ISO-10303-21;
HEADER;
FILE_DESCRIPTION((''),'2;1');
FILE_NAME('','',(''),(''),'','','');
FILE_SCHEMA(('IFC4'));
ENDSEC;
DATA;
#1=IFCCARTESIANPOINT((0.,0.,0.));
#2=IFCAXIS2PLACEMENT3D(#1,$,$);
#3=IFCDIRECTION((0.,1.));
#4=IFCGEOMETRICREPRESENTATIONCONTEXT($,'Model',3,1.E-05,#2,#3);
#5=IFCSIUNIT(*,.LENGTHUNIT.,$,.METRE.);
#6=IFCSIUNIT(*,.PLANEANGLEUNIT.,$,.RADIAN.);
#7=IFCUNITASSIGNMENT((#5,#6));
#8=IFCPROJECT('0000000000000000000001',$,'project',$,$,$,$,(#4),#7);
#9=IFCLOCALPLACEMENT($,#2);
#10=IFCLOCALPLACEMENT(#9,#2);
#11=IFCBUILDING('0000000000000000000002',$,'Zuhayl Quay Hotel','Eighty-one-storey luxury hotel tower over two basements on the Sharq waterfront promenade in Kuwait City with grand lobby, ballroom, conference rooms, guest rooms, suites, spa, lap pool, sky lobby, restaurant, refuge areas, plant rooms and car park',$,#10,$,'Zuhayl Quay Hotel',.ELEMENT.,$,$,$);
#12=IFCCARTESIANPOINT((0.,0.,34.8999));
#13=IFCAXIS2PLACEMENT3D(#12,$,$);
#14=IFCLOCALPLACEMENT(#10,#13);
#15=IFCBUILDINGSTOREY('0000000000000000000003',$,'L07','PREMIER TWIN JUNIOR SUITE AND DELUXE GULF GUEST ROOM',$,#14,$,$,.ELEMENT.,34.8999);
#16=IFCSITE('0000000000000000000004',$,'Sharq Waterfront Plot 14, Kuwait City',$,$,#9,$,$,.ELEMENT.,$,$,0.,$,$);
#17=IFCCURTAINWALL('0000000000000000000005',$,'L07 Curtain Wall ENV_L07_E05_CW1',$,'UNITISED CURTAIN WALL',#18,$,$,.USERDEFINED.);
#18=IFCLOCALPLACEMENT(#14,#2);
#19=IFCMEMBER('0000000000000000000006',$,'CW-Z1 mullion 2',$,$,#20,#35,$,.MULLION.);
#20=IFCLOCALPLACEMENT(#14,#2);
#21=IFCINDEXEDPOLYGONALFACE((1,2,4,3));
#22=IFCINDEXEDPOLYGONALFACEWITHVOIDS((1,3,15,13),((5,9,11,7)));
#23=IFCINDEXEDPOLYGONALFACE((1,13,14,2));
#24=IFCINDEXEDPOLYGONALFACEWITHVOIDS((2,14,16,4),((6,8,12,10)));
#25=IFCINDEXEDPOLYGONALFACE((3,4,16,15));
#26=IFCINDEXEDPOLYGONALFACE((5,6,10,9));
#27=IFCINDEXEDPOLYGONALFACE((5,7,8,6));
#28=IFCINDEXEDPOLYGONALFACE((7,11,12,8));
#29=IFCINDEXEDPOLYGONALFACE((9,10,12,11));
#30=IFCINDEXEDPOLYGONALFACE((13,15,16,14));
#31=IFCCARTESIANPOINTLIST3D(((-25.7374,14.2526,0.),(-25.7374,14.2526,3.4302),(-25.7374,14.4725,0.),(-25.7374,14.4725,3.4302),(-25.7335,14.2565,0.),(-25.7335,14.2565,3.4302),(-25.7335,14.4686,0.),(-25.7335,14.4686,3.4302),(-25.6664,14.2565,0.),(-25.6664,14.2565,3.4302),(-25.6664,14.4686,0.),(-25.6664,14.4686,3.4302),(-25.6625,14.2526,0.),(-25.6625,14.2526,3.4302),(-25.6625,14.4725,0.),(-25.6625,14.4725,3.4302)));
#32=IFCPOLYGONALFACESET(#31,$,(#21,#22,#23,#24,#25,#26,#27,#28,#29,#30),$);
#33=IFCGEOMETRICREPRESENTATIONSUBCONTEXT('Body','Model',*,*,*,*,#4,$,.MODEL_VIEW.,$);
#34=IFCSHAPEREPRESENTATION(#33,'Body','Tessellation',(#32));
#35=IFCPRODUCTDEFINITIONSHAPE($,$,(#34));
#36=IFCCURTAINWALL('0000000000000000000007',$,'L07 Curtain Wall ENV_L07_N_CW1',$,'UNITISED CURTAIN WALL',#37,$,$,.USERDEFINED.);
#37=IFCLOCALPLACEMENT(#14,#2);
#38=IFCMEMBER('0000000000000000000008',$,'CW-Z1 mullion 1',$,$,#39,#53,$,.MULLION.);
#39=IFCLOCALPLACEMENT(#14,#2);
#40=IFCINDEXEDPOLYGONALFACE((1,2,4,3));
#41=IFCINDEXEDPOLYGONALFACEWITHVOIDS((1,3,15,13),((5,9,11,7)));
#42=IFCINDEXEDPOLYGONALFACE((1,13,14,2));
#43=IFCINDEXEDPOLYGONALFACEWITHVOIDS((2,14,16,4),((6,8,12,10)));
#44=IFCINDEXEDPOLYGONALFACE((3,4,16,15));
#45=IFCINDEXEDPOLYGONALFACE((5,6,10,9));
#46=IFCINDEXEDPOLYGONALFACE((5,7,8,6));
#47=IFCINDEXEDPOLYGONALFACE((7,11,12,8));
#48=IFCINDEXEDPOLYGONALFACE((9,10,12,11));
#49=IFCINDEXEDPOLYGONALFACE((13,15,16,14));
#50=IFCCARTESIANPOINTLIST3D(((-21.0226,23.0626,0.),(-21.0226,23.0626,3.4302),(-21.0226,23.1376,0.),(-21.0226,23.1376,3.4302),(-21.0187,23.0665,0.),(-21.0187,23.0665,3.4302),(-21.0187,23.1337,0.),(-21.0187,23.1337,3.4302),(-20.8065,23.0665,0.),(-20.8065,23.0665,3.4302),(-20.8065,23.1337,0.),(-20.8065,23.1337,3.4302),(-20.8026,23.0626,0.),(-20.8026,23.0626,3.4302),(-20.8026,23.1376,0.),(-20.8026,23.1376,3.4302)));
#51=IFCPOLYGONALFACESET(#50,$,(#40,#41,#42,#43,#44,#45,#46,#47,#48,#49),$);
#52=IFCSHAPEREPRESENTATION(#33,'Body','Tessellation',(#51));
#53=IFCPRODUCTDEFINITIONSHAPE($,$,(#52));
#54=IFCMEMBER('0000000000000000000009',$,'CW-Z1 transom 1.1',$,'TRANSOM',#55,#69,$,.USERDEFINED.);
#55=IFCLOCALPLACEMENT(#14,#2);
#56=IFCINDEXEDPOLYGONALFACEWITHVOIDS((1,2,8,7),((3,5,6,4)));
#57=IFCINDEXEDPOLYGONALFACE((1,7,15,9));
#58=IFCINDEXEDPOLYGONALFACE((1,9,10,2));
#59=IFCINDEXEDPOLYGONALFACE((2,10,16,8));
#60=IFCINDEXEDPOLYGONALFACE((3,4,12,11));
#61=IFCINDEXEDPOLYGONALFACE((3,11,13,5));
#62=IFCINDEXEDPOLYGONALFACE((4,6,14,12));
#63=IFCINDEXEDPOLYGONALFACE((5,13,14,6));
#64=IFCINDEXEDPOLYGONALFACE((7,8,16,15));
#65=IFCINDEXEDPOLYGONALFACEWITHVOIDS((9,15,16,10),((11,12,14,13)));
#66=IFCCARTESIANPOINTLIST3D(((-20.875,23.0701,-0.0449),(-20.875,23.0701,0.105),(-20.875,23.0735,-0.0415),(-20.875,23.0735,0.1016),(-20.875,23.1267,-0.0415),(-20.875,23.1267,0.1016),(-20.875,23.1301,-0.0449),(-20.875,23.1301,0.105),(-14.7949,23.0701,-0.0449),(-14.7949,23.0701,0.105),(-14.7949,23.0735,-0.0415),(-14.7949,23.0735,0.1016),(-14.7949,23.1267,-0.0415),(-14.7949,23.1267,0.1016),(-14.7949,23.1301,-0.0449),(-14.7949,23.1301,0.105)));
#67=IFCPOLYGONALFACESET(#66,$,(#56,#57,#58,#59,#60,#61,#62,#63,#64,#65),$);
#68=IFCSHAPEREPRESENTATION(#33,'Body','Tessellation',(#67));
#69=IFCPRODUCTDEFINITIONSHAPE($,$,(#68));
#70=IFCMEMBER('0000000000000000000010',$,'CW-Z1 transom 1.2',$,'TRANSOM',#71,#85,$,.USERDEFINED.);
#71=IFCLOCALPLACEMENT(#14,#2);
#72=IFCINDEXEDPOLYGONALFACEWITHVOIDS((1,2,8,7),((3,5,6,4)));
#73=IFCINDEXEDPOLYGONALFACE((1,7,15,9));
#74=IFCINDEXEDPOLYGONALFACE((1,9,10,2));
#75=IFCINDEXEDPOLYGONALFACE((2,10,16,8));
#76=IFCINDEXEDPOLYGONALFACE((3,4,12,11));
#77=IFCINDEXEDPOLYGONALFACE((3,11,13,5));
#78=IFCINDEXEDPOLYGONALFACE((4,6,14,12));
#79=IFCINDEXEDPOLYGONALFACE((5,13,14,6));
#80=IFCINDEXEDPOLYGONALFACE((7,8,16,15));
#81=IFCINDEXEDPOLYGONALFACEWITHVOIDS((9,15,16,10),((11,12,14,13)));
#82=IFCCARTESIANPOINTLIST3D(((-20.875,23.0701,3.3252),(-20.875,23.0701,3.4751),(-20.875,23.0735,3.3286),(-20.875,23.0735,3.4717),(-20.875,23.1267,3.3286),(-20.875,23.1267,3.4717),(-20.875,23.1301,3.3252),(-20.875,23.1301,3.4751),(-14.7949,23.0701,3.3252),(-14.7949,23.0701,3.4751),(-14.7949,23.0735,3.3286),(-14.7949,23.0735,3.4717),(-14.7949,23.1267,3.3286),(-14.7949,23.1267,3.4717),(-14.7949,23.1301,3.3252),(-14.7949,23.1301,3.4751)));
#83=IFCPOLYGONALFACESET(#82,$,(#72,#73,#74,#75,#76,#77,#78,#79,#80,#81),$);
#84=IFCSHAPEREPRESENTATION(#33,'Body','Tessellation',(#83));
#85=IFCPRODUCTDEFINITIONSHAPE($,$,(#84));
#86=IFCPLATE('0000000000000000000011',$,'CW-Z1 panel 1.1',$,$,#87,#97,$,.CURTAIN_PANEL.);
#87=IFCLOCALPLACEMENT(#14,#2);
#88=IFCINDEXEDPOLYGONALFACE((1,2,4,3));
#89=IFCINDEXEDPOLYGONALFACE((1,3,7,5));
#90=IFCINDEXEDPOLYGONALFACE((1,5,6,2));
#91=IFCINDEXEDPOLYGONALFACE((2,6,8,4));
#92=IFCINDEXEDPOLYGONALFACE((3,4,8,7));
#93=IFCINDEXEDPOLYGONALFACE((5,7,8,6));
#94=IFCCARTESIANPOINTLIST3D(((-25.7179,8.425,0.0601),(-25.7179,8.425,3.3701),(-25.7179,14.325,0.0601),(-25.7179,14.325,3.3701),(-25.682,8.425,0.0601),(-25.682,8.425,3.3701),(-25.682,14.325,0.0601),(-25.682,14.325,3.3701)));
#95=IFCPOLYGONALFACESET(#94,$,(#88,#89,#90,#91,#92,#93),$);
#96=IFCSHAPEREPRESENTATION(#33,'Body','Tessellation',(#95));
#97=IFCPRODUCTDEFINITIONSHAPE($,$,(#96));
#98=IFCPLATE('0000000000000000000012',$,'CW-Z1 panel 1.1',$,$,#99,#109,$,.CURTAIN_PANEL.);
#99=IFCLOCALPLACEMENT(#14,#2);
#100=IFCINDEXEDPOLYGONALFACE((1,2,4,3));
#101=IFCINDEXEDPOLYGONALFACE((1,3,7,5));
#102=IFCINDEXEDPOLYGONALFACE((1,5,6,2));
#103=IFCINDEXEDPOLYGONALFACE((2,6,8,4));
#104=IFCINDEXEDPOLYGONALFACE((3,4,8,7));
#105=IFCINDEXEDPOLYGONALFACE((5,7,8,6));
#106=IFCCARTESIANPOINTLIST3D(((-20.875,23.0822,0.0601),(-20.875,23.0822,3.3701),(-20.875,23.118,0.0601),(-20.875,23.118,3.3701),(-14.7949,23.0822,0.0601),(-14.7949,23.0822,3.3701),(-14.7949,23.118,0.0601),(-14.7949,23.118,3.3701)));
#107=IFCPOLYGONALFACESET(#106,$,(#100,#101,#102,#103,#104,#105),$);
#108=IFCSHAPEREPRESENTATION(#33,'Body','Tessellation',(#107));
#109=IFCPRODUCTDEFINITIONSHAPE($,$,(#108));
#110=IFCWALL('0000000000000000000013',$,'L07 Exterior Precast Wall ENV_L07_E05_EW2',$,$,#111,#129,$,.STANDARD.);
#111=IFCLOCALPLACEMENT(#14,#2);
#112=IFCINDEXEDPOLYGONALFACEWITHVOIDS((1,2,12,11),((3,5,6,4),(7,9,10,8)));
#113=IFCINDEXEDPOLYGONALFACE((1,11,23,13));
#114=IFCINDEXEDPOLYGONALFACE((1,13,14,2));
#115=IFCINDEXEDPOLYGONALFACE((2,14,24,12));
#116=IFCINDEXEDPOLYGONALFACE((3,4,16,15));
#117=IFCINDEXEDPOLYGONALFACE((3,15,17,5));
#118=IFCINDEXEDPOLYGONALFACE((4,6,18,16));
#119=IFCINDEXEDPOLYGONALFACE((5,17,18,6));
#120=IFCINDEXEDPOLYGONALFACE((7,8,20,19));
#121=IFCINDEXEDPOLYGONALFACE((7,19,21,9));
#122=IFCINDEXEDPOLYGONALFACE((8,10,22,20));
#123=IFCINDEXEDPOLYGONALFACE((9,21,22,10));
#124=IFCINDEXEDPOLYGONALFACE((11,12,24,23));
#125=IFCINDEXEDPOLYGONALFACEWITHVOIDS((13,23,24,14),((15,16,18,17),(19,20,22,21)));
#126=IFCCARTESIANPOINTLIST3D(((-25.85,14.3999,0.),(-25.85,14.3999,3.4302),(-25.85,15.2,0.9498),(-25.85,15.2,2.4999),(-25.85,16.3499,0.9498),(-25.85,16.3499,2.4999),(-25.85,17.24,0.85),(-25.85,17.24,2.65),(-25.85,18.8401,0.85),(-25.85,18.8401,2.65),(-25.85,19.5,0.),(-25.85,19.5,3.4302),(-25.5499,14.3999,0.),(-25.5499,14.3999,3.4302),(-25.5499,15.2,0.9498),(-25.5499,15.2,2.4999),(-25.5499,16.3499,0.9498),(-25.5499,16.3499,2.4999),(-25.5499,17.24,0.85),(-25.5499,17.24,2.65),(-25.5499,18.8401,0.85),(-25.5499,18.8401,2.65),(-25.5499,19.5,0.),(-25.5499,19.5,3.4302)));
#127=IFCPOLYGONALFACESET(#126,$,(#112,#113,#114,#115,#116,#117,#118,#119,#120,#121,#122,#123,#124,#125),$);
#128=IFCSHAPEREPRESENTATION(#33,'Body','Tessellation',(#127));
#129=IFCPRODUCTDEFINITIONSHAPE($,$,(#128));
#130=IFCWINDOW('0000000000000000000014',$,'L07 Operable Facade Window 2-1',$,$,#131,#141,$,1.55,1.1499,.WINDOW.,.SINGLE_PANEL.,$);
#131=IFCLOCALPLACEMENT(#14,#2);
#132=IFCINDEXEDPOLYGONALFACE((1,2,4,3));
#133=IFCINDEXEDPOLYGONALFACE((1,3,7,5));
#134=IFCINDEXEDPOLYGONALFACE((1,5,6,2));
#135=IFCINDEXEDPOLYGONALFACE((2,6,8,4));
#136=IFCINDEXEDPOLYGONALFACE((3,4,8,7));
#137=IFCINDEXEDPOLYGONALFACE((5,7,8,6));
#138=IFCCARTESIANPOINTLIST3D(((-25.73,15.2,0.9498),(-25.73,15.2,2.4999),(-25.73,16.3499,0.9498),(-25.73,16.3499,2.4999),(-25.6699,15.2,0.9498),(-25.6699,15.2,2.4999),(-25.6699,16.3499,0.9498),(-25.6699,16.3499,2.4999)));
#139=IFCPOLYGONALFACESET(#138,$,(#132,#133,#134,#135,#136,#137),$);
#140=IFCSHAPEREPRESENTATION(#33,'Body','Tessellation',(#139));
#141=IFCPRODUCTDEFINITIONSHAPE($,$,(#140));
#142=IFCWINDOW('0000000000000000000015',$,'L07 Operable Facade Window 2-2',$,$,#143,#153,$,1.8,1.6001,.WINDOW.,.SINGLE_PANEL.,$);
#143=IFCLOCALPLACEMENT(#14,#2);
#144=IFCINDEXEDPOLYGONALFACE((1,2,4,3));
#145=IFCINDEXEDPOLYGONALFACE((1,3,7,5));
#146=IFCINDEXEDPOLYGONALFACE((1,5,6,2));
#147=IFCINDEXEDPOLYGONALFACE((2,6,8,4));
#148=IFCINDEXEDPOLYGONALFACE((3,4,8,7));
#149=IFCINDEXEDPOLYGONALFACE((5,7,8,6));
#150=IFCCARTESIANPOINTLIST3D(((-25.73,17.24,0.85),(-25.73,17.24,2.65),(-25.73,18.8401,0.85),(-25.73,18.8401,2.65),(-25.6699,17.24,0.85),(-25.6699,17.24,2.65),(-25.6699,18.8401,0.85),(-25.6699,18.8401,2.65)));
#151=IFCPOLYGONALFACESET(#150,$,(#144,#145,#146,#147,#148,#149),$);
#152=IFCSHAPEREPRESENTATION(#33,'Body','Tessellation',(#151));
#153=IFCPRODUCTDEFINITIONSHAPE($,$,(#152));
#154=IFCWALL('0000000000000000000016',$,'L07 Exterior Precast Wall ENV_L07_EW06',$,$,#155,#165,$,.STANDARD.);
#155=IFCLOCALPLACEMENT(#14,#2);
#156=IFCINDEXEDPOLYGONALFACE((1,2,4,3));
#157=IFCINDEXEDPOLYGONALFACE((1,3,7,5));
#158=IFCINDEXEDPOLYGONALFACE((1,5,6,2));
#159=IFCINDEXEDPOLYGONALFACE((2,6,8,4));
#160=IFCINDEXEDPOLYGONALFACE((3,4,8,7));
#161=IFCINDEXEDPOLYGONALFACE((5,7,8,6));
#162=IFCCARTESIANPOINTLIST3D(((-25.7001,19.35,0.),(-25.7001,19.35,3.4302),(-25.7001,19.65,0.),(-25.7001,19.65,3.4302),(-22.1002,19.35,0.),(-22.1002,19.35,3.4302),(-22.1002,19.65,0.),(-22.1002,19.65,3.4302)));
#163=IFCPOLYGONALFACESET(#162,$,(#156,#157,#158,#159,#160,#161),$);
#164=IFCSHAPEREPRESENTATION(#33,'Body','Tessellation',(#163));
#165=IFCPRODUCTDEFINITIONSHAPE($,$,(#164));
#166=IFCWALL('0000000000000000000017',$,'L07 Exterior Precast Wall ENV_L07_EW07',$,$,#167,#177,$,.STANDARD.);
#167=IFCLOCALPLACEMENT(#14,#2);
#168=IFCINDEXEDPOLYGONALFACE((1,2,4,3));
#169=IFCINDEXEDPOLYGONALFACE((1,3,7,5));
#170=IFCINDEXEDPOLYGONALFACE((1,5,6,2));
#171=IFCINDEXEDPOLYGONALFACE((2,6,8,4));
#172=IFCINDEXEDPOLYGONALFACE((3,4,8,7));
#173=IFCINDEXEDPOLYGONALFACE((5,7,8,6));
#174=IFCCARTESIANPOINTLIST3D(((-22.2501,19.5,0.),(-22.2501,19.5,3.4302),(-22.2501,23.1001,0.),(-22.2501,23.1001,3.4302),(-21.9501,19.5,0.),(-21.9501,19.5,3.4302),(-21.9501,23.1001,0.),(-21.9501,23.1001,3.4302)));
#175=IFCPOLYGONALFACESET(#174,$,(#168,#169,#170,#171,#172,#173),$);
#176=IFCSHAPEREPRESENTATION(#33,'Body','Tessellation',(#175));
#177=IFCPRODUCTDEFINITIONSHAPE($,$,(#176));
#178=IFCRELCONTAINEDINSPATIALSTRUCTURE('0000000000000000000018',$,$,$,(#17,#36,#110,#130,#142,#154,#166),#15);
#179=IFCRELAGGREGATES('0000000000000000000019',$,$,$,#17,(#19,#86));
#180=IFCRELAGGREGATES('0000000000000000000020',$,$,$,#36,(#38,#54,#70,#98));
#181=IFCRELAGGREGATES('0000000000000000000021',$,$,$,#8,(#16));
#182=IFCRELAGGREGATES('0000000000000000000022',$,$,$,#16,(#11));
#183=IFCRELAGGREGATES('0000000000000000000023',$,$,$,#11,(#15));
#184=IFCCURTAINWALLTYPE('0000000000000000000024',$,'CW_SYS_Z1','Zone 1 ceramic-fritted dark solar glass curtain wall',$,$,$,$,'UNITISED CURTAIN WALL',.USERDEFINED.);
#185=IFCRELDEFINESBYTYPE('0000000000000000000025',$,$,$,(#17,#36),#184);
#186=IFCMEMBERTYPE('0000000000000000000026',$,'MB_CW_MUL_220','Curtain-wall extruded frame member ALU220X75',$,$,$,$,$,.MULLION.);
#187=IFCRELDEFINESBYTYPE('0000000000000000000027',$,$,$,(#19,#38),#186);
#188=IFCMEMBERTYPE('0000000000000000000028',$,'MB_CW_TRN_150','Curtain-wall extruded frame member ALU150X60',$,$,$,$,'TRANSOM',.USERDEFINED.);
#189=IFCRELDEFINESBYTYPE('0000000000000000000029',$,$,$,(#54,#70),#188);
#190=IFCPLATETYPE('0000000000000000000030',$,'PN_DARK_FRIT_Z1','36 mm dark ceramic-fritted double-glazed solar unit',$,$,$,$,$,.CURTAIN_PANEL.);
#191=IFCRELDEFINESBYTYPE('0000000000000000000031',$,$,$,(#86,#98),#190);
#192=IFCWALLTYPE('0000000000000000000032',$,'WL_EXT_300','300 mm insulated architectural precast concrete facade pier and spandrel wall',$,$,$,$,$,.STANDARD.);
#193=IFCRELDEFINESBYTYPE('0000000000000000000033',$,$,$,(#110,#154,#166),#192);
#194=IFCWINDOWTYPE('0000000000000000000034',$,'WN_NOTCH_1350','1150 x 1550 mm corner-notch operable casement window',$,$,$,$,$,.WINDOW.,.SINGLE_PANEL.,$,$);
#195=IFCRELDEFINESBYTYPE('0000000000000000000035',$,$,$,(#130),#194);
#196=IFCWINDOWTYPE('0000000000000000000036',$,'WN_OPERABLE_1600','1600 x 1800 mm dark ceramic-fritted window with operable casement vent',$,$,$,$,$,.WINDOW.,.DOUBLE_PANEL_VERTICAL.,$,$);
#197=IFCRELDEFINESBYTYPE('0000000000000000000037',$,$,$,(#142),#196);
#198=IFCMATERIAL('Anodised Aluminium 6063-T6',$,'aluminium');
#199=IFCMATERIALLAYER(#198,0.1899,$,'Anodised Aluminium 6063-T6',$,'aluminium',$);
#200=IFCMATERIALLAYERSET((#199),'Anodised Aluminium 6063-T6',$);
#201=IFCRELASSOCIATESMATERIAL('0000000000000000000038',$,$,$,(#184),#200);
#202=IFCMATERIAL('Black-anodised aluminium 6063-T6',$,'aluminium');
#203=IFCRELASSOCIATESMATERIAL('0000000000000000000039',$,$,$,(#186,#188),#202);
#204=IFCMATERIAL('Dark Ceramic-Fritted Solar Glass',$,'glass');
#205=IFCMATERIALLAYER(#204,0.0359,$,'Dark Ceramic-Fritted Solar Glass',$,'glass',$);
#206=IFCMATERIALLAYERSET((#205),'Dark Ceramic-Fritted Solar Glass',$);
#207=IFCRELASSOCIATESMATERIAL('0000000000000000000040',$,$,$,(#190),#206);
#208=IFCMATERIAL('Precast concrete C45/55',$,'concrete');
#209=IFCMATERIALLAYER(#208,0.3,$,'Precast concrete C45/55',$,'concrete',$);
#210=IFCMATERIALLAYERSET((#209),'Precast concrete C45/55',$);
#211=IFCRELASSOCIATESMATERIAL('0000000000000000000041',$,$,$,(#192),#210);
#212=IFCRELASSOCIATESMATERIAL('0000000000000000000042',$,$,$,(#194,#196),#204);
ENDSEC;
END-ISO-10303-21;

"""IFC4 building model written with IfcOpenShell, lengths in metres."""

from ifc_helpers import new_model, si_unit, direction, frame, frame_2d, origin, origin_2d, place, context, subcontext, project, spatial, rectangle, hollow_rectangle, extrude, material, layer, layer_set, material_profile, profile_set, type_object, element, fill, aggregate, save


model = new_model("IFC4")

# Units and contexts
model_context = context("Model", 3, precision=1e-05, world=origin(), true_north=direction((0.0, 1.0)))
body_context = subcontext(model_context, "Body", "Model", "MODEL_VIEW")
ifc_project = project(units=[si_unit("LENGTHUNIT", "METRE"), si_unit("PLANEANGLEUNIT", "RADIAN")], contexts=[model_context])

# Site, building, storey
site_placement = place(None, origin())
site = spatial("IfcSite", under=ifc_project, at=site_placement, Name="Sharq Waterfront Plot 14, Kuwait City", CompositionType="ELEMENT", RefElevation=0.0)
building_placement = place(site_placement, origin())
building = spatial("IfcBuilding", under=site, at=building_placement, Name="Zuhayl Quay Hotel", Description="Eighty-one-storey luxury hotel tower over two basements on the Sharq waterfront promenade in Kuwait City with grand lobby, ballroom, conference rooms, guest rooms, suites, spa, lap pool, sky lobby, restaurant, refuge areas, plant rooms and car park", LongName="Zuhayl Quay Hotel", CompositionType="ELEMENT")
storey_placement = place(building_placement, frame((0.0, 0.0, 34.8999)))
storey = spatial("IfcBuildingStorey", under=building, at=storey_placement, Name="L07", Description="PREMIER TWIN JUNIOR SUITE AND DELUXE GULF GUEST ROOM", CompositionType="ELEMENT", Elevation=34.8999)

# Curtain wall, member
ifc_material_1 = material(Name="Anodised Aluminium 6063-T6", Category="aluminium")
ifc_layer_1 = layer(ifc_material_1, 0.1899, Name="Anodised Aluminium 6063-T6", Category="aluminium")
ifc_layer_set_1 = layer_set([ifc_layer_1], Name="Anodised Aluminium 6063-T6")
curtain_wall_type = type_object("IfcCurtainWallType", Name="CW_SYS_Z1", Description="Zone 1 ceramic-fritted dark solar glass curtain wall", ElementType="UNITISED CURTAIN WALL", PredefinedType="USERDEFINED", material=ifc_layer_set_1)
curtain_wall_1_placement = place(storey_placement, origin())
curtain_wall_1 = element("IfcCurtainWall", 1, at=curtain_wall_1_placement, inside=storey, type_object=curtain_wall_type, Name="L07 Curtain Wall ENV_L07_E05_CW1", ObjectType="UNITISED CURTAIN WALL", PredefinedType="USERDEFINED")
ifc_material_2 = material(Name="Black-anodised aluminium 6063-T6", Category="aluminium")
ifc_material_profile_1 = material_profile(ifc_material_2, hollow_rectangle(XDim=0.075, YDim=0.22, WallThickness=0.0039, at=origin_2d()), Name="ALU220X75")
ifc_profile_set_1 = profile_set([ifc_material_profile_1], Name="Black-anodised aluminium 6063-T6")
member_type_1 = type_object("IfcMemberType", Name="MB_CW_MUL_220", Description="Curtain-wall extruded frame member ALU220X75", PredefinedType="MULLION", material=ifc_profile_set_1)
member_1_placement = place(storey_placement, frame((-25.7, 14.3625, 0.0), z_axis=(0.0, 0.0, 1.0), x_axis=(-1.0, 0.0, 0.0)))
member_1 = element("IfcMember", 2, at=member_1_placement, type_object=member_type_1, Name="CW-Z1 mullion 2", PredefinedType="MULLION", context=body_context, shape_type="SweptSolid", body=[
    extrude(hollow_rectangle(XDim=0.075, YDim=0.22, WallThickness=0.0039, at=origin_2d()), origin(), (0.0, 0.0, 1.0), 3.4302),
])

# Curtain wall, members
curtain_wall_2_placement = place(storey_placement, origin())
curtain_wall_2 = element("IfcCurtainWall", 3, at=curtain_wall_2_placement, inside=storey, type_object=curtain_wall_type, Name="L07 Curtain Wall ENV_L07_N_CW1", ObjectType="UNITISED CURTAIN WALL", PredefinedType="USERDEFINED")
member_2_placement = place(storey_placement, frame((-20.9126, 23.1001, 0.0), z_axis=(0.0, 0.0, 1.0), x_axis=(0.0, 1.0, 0.0)))
member_2 = element("IfcMember", 4, at=member_2_placement, type_object=member_type_1, Name="CW-Z1 mullion 1", PredefinedType="MULLION", context=body_context, shape_type="SweptSolid", body=[
    extrude(hollow_rectangle(XDim=0.075, YDim=0.22, WallThickness=0.0039, at=origin_2d()), origin(), (0.0, 0.0, 1.0), 3.4302),
])
ifc_material_profile_2 = material_profile(ifc_material_2, hollow_rectangle(XDim=0.0601, YDim=0.1499, WallThickness=0.0034, at=origin_2d()), Name="ALU150X60")
ifc_profile_set_2 = profile_set([ifc_material_profile_2], Name="Black-anodised aluminium 6063-T6")
member_type_2 = type_object("IfcMemberType", Name="MB_CW_TRN_150", Description="Curtain-wall extruded frame member ALU150X60", ElementType="TRANSOM", PredefinedType="USERDEFINED", material=ifc_profile_set_2)
member_3_placement = place(storey_placement, frame((-20.875, 23.1001, 0.03), z_axis=(1.0, 0.0, 0.0), x_axis=(0.0, 1.0, 0.0)))
member_3 = element("IfcMember", 5, at=member_3_placement, type_object=member_type_2, Name="CW-Z1 transom 1.1", ObjectType="TRANSOM", PredefinedType="USERDEFINED", context=body_context, shape_type="SweptSolid", body=[
    extrude(hollow_rectangle(XDim=0.0601, YDim=0.1499, WallThickness=0.0034, at=origin_2d()), origin(), (0.0, 0.0, 1.0), 6.0801),
])
member_4_placement = place(storey_placement, frame((-20.875, 23.1001, 3.4001), z_axis=(1.0, 0.0, 0.0), x_axis=(0.0, 1.0, 0.0)))
member_4 = element("IfcMember", 6, at=member_4_placement, type_object=member_type_2, Name="CW-Z1 transom 1.2", ObjectType="TRANSOM", PredefinedType="USERDEFINED", context=body_context, shape_type="SweptSolid", body=[
    extrude(hollow_rectangle(XDim=0.0601, YDim=0.1499, WallThickness=0.0034, at=origin_2d()), origin(), (0.0, 0.0, 1.0), 6.0801),
])

# Plates
ifc_material_3 = material(Name="Dark Ceramic-Fritted Solar Glass", Category="glass")
ifc_layer_2 = layer(ifc_material_3, 0.0359, Name="Dark Ceramic-Fritted Solar Glass", Category="glass")
ifc_layer_set_2 = layer_set([ifc_layer_2], Name="Dark Ceramic-Fritted Solar Glass")
plate_type = type_object("IfcPlateType", Name="PN_DARK_FRIT_Z1", Description="36 mm dark ceramic-fritted double-glazed solar unit", PredefinedType="CURTAIN_PANEL", material=ifc_layer_set_2)
plate_1_placement = place(storey_placement, frame((-25.7, 11.375, 0.0601), z_axis=(0.0, 0.0, 1.0), x_axis=(0.0, 1.0, 0.0)))
plate_1 = element("IfcPlate", 7, at=plate_1_placement, type_object=plate_type, Name="CW-Z1 panel 1.1", PredefinedType="CURTAIN_PANEL", context=body_context, shape_type="SweptSolid", body=[
    extrude(rectangle(XDim=5.8999, YDim=0.0359, at=origin_2d()), origin(), (0.0, 0.0, 1.0), 3.3101),
])
aggregate(curtain_wall_1, [member_1, plate_1])
plate_2_placement = place(storey_placement, frame((-17.835, 23.1001, 0.0601), z_axis=(0.0, 0.0, 1.0), x_axis=(1.0, 0.0, 0.0)))
plate_2 = element("IfcPlate", 8, at=plate_2_placement, type_object=plate_type, Name="CW-Z1 panel 1.1", PredefinedType="CURTAIN_PANEL", context=body_context, shape_type="SweptSolid", body=[
    extrude(rectangle(XDim=6.0801, YDim=0.0359, at=origin_2d()), origin(), (0.0, 0.0, 1.0), 3.3101),
])
aggregate(curtain_wall_2, [member_2, member_3, member_4, plate_2])

# Wall, openings, windows
ifc_material_4 = material(Name="Precast concrete C45/55", Category="concrete")
ifc_layer_3 = layer(ifc_material_4, 0.3, Name="Precast concrete C45/55", Category="concrete")
ifc_layer_set_3 = layer_set([ifc_layer_3], Name="Precast concrete C45/55")
wall_type_1 = type_object("IfcWallType", Name="WL_EXT_300", Description="300 mm insulated architectural precast concrete facade pier and spandrel wall", PredefinedType="STANDARD", material=ifc_layer_set_3)
wall_1_placement = place(storey_placement, frame((-25.7, 14.3999, 0.0), z_axis=(0.0, 0.0, 1.0), x_axis=(0.0, 1.0, 0.0)))
wall_1 = element("IfcWall", 9, at=wall_1_placement, inside=storey, type_object=wall_type_1, Name="L07 Exterior Precast Wall ENV_L07_E05_EW2", PredefinedType="STANDARD", context=body_context, shape_type="SweptSolid", body=[
    extrude(rectangle(XDim=5.1001, YDim=0.3, at=frame_2d((2.55, 0.0))), origin(), (0.0, 0.0, 1.0), 3.4302),
])
opening_1_placement = place(wall_1_placement, frame((0.8, 0.0, 0.95)))
opening_1 = element("IfcOpeningElement", 10, at=opening_1_placement, cuts=wall_1, PredefinedType="OPENING", context=body_context, shape_type="SweptSolid", body=[
    extrude(rectangle(XDim=1.1499, YDim=1.55, at=frame_2d((0.575, 0.7749))), frame((0.0, 0.1599, 0.0), z_axis=(0.0, -1.0, 0.0), x_axis=(1.0, 0.0, 0.0)), (0.0, 0.0, 1.0), 0.3201),
])
opening_2_placement = place(wall_1_placement, frame((2.8401, 0.0, 0.8501)))
opening_2 = element("IfcOpeningElement", 11, at=opening_2_placement, cuts=wall_1, PredefinedType="OPENING", context=body_context, shape_type="SweptSolid", body=[
    extrude(rectangle(XDim=1.6001, YDim=1.8, at=frame_2d((0.8, 0.8999))), frame((0.0, 0.1599, 0.0), z_axis=(0.0, -1.0, 0.0), x_axis=(1.0, 0.0, 0.0)), (0.0, 0.0, 1.0), 0.3201),
])
window_type_1 = type_object("IfcWindowType", Name="WN_NOTCH_1350", Description="1150 x 1550 mm corner-notch operable casement window", PartitioningType="SINGLE_PANEL", PredefinedType="WINDOW", material=ifc_material_3)
window_1_placement = place(opening_1_placement, origin())
window_1 = element("IfcWindow", 12, at=window_1_placement, inside=storey, type_object=window_type_1, Name="L07 Operable Facade Window 2-1", OverallHeight=1.55, OverallWidth=1.1499, PartitioningType="SINGLE_PANEL", PredefinedType="WINDOW", context=body_context, shape_type="SweptSolid", body=[
    extrude(rectangle(XDim=1.1499, YDim=1.55, at=frame_2d((0.575, 0.7749))), frame((0.0, 0.03, 0.0), z_axis=(0.0, -1.0, 0.0), x_axis=(1.0, 0.0, 0.0)), (0.0, 0.0, 1.0), 0.0601),
])
fill(opening_1, window_1)
window_type_2 = type_object("IfcWindowType", Name="WN_OPERABLE_1600", Description="1600 x 1800 mm dark ceramic-fritted window with operable casement vent", PartitioningType="DOUBLE_PANEL_VERTICAL", PredefinedType="WINDOW", material=ifc_material_3)
window_2_placement = place(opening_2_placement, origin())
window_2 = element("IfcWindow", 13, at=window_2_placement, inside=storey, type_object=window_type_2, Name="L07 Operable Facade Window 2-2", OverallHeight=1.8, OverallWidth=1.6001, PartitioningType="SINGLE_PANEL", PredefinedType="WINDOW", context=body_context, shape_type="SweptSolid", body=[
    extrude(rectangle(XDim=1.6001, YDim=1.8, at=frame_2d((0.8, 0.8999))), frame((0.0, 0.03, 0.0), z_axis=(0.0, -1.0, 0.0), x_axis=(1.0, 0.0, 0.0)), (0.0, 0.0, 1.0), 0.0601),
])
fill(opening_2, window_2)

# Walls
wall_2_placement = place(storey_placement, frame((-25.7, 19.5, 0.0), z_axis=(0.0, 0.0, 1.0), x_axis=(1.0, 0.0, 0.0)))
element("IfcWall", 14, at=wall_2_placement, inside=storey, type_object=wall_type_1, Name="L07 Exterior Precast Wall ENV_L07_EW06", PredefinedType="STANDARD", context=body_context, shape_type="SweptSolid", body=[
    extrude(rectangle(XDim=3.5999, YDim=0.3, at=frame_2d((1.7998, 0.0))), origin(), (0.0, 0.0, 1.0), 3.4302),
])
wall_3_placement = place(storey_placement, frame((-22.1001, 19.5, 0.0), z_axis=(0.0, 0.0, 1.0), x_axis=(0.0, 1.0, 0.0)))
element("IfcWall", 15, at=wall_3_placement, inside=storey, type_object=wall_type_1, Name="L07 Exterior Precast Wall ENV_L07_EW07", PredefinedType="STANDARD", context=body_context, shape_type="SweptSolid", body=[
    extrude(rectangle(XDim=3.6001, YDim=0.3, at=frame_2d((1.8, 0.0))), origin(), (0.0, 0.0, 1.0), 3.4302),
])

save(model, "model.ifc")
